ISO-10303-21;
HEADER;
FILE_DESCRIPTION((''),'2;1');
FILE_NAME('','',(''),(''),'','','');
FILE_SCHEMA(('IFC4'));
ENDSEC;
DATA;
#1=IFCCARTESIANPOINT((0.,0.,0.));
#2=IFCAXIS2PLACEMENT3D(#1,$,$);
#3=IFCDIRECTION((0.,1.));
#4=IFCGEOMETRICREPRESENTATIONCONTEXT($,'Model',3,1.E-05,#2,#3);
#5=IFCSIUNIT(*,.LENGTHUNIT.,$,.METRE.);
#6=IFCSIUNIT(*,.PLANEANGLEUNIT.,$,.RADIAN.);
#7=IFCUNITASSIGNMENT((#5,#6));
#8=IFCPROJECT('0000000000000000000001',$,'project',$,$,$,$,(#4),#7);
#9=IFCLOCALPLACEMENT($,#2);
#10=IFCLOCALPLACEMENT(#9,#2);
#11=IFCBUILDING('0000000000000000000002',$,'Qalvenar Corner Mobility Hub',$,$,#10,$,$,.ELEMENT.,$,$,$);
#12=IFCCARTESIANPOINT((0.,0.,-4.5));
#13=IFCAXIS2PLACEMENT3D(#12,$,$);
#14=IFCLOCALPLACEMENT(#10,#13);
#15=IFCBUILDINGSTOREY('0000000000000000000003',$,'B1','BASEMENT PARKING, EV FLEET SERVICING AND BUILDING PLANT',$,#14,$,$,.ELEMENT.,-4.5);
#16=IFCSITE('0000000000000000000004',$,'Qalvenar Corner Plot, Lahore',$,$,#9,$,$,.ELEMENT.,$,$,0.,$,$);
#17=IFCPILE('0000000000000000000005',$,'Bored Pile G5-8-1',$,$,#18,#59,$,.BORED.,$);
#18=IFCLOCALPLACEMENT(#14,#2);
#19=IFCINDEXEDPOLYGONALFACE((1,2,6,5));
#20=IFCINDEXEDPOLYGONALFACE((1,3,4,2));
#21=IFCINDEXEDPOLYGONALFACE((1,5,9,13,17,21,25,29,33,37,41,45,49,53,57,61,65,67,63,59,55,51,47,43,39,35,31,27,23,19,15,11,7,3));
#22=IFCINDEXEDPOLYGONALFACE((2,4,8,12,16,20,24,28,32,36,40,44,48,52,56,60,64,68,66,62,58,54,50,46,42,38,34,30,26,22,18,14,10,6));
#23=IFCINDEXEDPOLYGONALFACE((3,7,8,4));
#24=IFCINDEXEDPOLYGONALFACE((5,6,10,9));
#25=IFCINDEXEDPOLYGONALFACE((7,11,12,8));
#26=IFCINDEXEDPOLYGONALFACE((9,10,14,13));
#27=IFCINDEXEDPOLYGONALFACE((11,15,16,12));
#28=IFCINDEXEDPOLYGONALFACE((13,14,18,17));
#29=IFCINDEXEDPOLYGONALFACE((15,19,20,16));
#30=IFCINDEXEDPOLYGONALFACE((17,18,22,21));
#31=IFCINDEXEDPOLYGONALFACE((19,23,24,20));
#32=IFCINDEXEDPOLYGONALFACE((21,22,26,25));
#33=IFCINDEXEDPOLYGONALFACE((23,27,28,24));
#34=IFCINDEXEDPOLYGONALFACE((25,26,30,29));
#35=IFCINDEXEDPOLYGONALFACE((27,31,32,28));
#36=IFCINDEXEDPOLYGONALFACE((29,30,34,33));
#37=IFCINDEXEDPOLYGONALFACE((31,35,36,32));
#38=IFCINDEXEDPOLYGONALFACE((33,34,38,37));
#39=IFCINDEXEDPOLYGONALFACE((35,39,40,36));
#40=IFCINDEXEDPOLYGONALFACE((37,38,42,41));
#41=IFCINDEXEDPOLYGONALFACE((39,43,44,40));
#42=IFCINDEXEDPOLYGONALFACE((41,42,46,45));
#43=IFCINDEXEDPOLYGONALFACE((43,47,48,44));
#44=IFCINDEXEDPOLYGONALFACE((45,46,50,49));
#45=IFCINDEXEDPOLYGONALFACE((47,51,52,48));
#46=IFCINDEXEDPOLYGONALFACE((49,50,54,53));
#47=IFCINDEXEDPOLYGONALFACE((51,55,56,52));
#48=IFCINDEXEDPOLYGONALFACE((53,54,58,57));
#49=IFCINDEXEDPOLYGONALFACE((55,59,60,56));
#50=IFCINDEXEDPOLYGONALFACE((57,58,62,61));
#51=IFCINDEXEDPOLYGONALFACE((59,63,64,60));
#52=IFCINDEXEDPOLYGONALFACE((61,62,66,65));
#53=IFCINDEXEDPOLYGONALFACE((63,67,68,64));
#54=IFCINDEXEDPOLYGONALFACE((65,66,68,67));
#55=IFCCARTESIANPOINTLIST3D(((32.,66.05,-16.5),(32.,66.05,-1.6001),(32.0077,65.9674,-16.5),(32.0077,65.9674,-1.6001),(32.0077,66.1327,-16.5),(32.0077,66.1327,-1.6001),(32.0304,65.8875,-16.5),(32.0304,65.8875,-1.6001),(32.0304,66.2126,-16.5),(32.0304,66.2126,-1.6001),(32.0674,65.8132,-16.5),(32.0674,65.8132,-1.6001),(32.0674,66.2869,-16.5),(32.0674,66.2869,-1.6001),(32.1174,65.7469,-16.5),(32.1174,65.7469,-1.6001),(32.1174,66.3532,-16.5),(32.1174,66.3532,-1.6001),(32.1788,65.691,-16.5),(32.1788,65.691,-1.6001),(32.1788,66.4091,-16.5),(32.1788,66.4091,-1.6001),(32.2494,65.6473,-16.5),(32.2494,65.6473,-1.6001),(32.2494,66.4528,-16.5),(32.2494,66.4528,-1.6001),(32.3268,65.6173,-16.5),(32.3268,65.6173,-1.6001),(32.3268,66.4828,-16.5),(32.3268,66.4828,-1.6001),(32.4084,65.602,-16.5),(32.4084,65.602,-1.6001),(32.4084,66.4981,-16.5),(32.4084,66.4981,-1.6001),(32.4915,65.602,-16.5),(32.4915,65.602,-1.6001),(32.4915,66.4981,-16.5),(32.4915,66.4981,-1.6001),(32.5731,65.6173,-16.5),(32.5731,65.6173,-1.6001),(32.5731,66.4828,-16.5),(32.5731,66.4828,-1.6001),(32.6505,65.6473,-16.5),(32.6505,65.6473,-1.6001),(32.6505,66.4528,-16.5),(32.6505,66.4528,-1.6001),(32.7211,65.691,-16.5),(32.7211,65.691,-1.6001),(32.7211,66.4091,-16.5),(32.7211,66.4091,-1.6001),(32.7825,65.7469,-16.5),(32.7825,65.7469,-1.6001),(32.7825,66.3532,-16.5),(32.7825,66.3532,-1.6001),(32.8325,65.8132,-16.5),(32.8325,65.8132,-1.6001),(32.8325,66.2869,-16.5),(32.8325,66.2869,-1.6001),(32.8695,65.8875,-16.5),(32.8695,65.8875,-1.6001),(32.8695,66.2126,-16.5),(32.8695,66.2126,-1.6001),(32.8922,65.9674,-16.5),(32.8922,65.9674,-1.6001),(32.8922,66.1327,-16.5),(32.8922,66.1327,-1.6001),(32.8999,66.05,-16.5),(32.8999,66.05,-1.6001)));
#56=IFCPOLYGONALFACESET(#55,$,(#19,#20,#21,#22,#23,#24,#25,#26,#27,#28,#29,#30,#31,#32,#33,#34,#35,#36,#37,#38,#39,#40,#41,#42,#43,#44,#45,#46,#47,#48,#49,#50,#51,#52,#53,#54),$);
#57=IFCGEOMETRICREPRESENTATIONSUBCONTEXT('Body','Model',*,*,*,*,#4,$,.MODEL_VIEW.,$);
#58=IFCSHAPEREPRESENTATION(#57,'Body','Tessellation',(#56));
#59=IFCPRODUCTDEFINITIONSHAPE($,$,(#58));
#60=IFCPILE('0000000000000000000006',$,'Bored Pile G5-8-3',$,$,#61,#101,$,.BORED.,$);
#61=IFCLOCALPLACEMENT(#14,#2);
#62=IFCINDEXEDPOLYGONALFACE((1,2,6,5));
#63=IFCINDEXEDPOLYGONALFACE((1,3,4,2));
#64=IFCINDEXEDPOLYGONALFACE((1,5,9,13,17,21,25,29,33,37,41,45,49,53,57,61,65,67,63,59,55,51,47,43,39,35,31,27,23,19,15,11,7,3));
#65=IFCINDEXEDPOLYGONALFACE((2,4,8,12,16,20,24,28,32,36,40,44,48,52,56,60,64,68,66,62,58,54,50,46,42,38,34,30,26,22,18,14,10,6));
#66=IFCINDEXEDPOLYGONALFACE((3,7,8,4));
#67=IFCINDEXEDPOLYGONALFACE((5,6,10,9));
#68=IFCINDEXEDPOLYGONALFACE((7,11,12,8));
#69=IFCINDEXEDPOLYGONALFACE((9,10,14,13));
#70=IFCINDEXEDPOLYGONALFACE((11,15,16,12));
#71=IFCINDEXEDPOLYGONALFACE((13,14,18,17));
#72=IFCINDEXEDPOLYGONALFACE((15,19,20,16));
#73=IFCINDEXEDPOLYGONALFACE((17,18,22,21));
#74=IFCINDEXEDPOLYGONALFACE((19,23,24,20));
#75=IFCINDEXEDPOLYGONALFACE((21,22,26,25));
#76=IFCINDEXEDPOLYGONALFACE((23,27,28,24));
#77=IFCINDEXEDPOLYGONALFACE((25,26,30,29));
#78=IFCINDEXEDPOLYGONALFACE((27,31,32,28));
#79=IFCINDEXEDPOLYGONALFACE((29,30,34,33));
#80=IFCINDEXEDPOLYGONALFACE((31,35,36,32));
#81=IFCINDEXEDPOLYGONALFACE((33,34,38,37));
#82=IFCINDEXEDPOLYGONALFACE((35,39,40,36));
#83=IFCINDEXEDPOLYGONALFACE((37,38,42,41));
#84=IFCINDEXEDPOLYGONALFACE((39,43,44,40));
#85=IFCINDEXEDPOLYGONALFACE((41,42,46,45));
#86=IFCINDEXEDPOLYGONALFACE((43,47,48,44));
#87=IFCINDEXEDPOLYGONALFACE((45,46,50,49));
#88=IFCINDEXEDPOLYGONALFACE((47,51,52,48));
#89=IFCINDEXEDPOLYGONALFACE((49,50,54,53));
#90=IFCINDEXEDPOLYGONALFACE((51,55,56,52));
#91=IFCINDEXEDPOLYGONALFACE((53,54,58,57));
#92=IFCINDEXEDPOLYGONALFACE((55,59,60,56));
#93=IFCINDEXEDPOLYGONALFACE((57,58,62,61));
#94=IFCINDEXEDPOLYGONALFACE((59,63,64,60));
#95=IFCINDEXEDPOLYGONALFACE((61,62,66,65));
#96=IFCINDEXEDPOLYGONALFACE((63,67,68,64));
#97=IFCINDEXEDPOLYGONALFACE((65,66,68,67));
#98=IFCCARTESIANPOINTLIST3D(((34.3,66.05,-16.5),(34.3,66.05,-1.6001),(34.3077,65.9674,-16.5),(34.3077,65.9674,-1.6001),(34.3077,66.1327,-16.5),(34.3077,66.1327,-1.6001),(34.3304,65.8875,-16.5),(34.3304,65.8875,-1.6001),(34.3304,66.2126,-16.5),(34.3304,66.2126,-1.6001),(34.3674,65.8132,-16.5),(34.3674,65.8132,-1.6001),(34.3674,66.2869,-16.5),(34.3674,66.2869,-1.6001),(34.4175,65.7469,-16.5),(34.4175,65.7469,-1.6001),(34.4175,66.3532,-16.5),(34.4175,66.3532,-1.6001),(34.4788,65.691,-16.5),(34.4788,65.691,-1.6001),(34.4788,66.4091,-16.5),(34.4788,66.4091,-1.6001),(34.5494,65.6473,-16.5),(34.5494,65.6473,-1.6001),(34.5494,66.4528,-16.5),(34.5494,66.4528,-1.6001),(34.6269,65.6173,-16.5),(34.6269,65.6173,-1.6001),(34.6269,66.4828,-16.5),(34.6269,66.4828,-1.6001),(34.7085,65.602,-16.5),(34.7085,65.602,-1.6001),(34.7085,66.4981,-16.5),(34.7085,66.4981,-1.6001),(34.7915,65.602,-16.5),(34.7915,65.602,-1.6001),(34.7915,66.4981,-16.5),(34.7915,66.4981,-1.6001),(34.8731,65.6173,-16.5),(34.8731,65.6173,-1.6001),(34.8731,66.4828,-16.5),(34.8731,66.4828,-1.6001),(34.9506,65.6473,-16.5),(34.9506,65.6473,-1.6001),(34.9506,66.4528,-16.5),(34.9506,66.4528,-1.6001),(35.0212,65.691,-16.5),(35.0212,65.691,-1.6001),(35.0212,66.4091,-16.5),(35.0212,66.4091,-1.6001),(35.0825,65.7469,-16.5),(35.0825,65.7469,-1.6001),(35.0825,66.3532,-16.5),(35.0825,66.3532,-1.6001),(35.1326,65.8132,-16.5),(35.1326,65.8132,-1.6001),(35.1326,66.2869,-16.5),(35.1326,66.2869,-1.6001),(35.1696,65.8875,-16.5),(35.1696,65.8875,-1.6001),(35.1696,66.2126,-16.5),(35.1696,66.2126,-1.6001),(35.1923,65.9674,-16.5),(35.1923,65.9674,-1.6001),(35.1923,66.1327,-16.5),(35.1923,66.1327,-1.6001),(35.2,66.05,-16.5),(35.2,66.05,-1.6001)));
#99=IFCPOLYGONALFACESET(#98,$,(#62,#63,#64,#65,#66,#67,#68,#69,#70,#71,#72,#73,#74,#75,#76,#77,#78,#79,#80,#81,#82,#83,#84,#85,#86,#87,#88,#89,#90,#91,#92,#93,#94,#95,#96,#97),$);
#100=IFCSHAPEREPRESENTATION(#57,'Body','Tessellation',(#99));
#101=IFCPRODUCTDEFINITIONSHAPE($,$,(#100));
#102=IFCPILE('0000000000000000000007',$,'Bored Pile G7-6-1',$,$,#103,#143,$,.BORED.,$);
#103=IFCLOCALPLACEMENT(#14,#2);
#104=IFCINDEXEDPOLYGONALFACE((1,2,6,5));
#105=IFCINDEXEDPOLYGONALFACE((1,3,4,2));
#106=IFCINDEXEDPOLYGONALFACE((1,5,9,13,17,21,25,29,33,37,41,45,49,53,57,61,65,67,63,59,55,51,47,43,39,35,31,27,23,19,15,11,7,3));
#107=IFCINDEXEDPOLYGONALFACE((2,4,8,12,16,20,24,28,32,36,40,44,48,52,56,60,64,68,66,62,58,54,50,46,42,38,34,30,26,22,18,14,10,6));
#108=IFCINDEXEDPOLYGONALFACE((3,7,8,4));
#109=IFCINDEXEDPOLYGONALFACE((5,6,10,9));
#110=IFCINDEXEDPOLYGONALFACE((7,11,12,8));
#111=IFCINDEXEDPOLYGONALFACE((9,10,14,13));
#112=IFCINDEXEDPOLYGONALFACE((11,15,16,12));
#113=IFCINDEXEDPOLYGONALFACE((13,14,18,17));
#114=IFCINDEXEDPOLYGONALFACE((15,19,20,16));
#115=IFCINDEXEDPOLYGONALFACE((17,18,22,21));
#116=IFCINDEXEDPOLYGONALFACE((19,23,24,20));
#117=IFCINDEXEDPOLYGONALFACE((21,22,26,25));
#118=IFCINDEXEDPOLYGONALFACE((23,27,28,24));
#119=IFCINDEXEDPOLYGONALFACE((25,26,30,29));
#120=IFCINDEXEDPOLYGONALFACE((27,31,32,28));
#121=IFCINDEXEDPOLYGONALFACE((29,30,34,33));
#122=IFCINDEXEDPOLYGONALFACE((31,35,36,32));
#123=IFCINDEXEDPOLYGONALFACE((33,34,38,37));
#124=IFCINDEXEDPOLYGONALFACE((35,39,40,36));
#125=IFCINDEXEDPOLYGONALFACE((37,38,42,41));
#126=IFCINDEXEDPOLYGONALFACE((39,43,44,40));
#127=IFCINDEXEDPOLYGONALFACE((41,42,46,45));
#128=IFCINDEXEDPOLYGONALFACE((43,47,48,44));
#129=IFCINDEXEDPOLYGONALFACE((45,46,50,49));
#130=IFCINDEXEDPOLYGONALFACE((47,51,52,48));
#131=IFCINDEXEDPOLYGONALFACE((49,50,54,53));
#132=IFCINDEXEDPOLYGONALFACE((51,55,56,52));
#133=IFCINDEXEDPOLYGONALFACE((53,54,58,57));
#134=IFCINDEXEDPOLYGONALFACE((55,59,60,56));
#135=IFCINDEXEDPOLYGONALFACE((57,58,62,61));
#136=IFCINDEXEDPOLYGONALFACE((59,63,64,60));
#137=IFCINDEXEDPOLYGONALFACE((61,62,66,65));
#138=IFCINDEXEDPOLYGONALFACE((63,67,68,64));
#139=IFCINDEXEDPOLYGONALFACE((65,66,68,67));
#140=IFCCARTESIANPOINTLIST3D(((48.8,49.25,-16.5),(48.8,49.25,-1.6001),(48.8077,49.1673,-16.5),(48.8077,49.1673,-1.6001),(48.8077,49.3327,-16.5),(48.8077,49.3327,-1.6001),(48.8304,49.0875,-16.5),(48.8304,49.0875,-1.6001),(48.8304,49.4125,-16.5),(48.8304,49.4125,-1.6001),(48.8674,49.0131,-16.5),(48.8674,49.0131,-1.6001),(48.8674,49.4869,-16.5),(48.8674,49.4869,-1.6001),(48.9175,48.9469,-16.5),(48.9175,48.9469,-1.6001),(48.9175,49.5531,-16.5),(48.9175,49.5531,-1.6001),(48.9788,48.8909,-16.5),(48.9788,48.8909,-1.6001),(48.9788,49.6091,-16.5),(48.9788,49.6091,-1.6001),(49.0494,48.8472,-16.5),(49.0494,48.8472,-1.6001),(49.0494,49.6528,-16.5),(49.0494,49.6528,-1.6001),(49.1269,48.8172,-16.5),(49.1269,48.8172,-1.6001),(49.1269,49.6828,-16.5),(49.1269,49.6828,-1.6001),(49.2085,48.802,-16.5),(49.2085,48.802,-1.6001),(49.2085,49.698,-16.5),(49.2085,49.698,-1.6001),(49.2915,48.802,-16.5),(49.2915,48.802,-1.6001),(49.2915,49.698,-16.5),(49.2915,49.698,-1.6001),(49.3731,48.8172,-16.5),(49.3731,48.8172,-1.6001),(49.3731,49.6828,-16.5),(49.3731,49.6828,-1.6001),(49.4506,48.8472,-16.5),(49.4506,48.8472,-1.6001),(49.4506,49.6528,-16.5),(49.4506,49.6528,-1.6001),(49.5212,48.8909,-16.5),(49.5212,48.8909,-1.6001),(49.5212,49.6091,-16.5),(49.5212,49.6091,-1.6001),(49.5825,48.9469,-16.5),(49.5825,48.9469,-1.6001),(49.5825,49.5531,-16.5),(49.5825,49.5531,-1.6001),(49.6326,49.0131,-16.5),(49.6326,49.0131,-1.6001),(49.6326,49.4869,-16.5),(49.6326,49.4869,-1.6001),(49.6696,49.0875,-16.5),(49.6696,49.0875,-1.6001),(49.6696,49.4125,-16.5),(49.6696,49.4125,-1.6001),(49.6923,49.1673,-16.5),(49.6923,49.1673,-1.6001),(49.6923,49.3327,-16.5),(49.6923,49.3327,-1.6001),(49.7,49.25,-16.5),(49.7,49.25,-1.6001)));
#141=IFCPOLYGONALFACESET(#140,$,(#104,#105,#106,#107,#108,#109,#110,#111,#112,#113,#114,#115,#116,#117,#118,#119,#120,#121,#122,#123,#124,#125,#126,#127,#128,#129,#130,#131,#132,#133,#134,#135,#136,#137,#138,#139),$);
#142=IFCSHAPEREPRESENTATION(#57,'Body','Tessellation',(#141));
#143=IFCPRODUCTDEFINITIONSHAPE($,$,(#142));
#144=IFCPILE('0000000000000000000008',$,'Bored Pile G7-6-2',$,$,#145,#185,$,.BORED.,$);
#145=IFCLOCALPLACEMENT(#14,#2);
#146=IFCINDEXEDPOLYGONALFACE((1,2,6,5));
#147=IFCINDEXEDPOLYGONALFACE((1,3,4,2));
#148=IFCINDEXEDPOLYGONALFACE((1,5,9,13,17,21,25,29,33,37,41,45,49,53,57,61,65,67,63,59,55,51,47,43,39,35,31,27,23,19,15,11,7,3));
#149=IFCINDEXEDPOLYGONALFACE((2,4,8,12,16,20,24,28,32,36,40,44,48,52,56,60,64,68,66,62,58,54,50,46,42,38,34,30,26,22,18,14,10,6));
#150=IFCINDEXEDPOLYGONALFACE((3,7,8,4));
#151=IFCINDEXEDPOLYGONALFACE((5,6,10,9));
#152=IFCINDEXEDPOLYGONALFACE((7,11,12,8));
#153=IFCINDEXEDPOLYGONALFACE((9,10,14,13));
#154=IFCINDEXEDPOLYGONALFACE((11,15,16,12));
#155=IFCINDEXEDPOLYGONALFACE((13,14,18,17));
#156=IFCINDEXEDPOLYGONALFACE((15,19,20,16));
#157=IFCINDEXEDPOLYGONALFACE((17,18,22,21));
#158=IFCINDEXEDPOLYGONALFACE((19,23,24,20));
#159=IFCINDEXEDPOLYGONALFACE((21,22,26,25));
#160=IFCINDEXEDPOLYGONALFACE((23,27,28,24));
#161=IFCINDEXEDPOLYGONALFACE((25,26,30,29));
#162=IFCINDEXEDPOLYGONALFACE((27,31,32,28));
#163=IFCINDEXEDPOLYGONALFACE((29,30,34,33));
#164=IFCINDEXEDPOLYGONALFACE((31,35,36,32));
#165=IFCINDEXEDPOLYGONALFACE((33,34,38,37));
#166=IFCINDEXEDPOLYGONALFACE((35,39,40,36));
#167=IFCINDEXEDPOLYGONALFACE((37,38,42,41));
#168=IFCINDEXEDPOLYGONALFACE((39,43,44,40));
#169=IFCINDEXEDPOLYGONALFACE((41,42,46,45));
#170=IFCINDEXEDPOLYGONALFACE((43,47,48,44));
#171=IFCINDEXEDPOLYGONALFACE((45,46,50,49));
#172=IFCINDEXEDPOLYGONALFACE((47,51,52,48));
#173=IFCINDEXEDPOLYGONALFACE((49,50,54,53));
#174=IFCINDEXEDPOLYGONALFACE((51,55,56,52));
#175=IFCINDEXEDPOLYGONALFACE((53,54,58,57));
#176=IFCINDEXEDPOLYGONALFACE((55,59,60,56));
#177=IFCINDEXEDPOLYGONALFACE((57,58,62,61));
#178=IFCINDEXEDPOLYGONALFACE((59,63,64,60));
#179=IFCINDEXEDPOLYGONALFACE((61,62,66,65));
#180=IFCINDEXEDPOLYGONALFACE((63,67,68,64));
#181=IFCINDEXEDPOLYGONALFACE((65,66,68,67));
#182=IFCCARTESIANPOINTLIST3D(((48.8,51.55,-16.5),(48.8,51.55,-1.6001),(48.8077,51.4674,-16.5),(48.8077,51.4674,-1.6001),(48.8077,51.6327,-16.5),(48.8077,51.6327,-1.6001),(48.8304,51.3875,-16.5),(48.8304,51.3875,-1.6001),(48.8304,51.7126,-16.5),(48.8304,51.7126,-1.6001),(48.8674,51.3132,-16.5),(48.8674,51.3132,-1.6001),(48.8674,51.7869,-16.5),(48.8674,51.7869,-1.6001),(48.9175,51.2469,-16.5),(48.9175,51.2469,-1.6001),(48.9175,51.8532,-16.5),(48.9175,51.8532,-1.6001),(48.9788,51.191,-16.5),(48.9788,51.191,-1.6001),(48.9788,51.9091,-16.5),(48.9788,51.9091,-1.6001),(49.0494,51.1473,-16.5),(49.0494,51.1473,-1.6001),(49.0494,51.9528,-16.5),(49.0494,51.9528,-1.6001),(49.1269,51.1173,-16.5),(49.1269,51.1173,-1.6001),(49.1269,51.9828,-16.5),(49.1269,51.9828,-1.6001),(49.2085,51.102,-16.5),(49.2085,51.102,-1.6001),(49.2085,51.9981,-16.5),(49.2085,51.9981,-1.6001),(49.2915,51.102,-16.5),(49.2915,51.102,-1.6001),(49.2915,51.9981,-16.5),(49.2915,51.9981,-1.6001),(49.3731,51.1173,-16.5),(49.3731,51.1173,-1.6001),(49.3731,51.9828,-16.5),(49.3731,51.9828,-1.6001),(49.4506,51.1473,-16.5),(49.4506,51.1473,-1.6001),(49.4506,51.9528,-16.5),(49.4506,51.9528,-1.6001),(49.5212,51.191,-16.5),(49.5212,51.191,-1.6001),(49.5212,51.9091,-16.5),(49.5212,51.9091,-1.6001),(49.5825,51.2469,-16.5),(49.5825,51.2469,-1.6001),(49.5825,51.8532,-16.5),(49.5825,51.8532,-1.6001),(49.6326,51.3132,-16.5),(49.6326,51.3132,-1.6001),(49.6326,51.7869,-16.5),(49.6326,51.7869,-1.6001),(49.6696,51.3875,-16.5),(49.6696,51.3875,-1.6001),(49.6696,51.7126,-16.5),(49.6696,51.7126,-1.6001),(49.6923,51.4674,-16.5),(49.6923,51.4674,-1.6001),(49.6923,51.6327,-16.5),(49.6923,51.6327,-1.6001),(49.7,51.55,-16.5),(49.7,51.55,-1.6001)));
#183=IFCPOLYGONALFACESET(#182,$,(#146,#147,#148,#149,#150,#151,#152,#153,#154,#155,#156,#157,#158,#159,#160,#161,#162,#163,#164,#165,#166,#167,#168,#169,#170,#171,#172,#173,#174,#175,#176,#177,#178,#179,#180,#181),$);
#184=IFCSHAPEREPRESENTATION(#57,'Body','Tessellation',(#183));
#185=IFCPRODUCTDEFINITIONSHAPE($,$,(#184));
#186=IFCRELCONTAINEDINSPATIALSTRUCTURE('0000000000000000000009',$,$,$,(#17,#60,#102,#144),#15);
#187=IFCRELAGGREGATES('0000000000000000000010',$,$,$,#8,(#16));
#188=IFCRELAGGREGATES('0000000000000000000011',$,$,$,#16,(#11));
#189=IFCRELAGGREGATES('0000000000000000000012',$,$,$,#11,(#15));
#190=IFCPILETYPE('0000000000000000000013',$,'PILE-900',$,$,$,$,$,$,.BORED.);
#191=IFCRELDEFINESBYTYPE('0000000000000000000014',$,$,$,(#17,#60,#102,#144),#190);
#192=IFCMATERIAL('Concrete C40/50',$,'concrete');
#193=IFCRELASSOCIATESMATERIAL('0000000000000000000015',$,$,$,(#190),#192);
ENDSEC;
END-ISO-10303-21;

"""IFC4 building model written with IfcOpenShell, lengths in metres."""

from ifc_helpers import new_model, si_unit, direction, frame, origin, origin_2d, place, context, subcontext, project, spatial, circle, extrude, material, material_profile, profile_set, type_object, element, save


model = new_model("IFC4")

# Units and contexts
model_context = context("Model", 3, precision=1e-05, world=origin(), true_north=direction((0.0, 1.0)))
body_context = subcontext(model_context, "Body", "Model", "MODEL_VIEW")
ifc_project = project(units=[si_unit("LENGTHUNIT", "METRE"), si_unit("PLANEANGLEUNIT", "RADIAN")], contexts=[model_context])

# Site, building, storey
site_placement = place(None, origin())
site = spatial("IfcSite", under=ifc_project, at=site_placement, Name="Qalvenar Corner Plot, Lahore", CompositionType="ELEMENT", RefElevation=0.0)
building_placement = place(site_placement, origin())
building = spatial("IfcBuilding", under=site, at=building_placement, Name="Qalvenar Corner Mobility Hub", CompositionType="ELEMENT")
storey_placement = place(building_placement, frame((0.0, 0.0, -4.5)))
storey = spatial("IfcBuildingStorey", under=building, at=storey_placement, Name="B1", Description="BASEMENT PARKING, EV FLEET SERVICING AND BUILDING PLANT", CompositionType="ELEMENT", Elevation=-4.5)

# Shared definitions
ifc_material_1 = material(Name="Concrete C40/50", Category="concrete")

# Piles
ifc_material_profile_1 = material_profile(ifc_material_1, circle(Radius=0.45, at=origin_2d()), Name="DIA900")
ifc_profile_set_1 = profile_set([ifc_material_profile_1], Name="Concrete C40/50")
pile_type_1 = type_object("IfcPileType", Name="PILE-900", PredefinedType="BORED", material=ifc_profile_set_1)
for number, where, z_axis, x_axis, name in (
    (1, (32.45, 66.05, -1.6001), (0.0, 0.0, -1.0), (1.0, 0.0, 0.0), "Bored Pile G5-8-1"),
    (2, (34.75, 66.05, -1.6001), (0.0, 0.0, -1.0), (1.0, 0.0, 0.0), "Bored Pile G5-8-3"),
    (3, (49.25, 49.25, -1.6001), (0.0, 0.0, -1.0), (1.0, 0.0, 0.0), "Bored Pile G7-6-1"),
    (4, (49.25, 51.55, -1.6001), (0.0, 0.0, -1.0), (1.0, 0.0, 0.0), "Bored Pile G7-6-2"),
):
    element("IfcPile", number, at=place(storey_placement, frame(where, z_axis=z_axis, x_axis=x_axis)), inside=storey, type_object=pile_type_1, Name=name, PredefinedType="BORED", context=body_context, shape_type="SweptSolid", body=[
        extrude(circle(Radius=0.45, at=origin_2d()), origin(), (0.0, 0.0, 1.0), 14.8999),
    ])

save(model, "model.ifc")
